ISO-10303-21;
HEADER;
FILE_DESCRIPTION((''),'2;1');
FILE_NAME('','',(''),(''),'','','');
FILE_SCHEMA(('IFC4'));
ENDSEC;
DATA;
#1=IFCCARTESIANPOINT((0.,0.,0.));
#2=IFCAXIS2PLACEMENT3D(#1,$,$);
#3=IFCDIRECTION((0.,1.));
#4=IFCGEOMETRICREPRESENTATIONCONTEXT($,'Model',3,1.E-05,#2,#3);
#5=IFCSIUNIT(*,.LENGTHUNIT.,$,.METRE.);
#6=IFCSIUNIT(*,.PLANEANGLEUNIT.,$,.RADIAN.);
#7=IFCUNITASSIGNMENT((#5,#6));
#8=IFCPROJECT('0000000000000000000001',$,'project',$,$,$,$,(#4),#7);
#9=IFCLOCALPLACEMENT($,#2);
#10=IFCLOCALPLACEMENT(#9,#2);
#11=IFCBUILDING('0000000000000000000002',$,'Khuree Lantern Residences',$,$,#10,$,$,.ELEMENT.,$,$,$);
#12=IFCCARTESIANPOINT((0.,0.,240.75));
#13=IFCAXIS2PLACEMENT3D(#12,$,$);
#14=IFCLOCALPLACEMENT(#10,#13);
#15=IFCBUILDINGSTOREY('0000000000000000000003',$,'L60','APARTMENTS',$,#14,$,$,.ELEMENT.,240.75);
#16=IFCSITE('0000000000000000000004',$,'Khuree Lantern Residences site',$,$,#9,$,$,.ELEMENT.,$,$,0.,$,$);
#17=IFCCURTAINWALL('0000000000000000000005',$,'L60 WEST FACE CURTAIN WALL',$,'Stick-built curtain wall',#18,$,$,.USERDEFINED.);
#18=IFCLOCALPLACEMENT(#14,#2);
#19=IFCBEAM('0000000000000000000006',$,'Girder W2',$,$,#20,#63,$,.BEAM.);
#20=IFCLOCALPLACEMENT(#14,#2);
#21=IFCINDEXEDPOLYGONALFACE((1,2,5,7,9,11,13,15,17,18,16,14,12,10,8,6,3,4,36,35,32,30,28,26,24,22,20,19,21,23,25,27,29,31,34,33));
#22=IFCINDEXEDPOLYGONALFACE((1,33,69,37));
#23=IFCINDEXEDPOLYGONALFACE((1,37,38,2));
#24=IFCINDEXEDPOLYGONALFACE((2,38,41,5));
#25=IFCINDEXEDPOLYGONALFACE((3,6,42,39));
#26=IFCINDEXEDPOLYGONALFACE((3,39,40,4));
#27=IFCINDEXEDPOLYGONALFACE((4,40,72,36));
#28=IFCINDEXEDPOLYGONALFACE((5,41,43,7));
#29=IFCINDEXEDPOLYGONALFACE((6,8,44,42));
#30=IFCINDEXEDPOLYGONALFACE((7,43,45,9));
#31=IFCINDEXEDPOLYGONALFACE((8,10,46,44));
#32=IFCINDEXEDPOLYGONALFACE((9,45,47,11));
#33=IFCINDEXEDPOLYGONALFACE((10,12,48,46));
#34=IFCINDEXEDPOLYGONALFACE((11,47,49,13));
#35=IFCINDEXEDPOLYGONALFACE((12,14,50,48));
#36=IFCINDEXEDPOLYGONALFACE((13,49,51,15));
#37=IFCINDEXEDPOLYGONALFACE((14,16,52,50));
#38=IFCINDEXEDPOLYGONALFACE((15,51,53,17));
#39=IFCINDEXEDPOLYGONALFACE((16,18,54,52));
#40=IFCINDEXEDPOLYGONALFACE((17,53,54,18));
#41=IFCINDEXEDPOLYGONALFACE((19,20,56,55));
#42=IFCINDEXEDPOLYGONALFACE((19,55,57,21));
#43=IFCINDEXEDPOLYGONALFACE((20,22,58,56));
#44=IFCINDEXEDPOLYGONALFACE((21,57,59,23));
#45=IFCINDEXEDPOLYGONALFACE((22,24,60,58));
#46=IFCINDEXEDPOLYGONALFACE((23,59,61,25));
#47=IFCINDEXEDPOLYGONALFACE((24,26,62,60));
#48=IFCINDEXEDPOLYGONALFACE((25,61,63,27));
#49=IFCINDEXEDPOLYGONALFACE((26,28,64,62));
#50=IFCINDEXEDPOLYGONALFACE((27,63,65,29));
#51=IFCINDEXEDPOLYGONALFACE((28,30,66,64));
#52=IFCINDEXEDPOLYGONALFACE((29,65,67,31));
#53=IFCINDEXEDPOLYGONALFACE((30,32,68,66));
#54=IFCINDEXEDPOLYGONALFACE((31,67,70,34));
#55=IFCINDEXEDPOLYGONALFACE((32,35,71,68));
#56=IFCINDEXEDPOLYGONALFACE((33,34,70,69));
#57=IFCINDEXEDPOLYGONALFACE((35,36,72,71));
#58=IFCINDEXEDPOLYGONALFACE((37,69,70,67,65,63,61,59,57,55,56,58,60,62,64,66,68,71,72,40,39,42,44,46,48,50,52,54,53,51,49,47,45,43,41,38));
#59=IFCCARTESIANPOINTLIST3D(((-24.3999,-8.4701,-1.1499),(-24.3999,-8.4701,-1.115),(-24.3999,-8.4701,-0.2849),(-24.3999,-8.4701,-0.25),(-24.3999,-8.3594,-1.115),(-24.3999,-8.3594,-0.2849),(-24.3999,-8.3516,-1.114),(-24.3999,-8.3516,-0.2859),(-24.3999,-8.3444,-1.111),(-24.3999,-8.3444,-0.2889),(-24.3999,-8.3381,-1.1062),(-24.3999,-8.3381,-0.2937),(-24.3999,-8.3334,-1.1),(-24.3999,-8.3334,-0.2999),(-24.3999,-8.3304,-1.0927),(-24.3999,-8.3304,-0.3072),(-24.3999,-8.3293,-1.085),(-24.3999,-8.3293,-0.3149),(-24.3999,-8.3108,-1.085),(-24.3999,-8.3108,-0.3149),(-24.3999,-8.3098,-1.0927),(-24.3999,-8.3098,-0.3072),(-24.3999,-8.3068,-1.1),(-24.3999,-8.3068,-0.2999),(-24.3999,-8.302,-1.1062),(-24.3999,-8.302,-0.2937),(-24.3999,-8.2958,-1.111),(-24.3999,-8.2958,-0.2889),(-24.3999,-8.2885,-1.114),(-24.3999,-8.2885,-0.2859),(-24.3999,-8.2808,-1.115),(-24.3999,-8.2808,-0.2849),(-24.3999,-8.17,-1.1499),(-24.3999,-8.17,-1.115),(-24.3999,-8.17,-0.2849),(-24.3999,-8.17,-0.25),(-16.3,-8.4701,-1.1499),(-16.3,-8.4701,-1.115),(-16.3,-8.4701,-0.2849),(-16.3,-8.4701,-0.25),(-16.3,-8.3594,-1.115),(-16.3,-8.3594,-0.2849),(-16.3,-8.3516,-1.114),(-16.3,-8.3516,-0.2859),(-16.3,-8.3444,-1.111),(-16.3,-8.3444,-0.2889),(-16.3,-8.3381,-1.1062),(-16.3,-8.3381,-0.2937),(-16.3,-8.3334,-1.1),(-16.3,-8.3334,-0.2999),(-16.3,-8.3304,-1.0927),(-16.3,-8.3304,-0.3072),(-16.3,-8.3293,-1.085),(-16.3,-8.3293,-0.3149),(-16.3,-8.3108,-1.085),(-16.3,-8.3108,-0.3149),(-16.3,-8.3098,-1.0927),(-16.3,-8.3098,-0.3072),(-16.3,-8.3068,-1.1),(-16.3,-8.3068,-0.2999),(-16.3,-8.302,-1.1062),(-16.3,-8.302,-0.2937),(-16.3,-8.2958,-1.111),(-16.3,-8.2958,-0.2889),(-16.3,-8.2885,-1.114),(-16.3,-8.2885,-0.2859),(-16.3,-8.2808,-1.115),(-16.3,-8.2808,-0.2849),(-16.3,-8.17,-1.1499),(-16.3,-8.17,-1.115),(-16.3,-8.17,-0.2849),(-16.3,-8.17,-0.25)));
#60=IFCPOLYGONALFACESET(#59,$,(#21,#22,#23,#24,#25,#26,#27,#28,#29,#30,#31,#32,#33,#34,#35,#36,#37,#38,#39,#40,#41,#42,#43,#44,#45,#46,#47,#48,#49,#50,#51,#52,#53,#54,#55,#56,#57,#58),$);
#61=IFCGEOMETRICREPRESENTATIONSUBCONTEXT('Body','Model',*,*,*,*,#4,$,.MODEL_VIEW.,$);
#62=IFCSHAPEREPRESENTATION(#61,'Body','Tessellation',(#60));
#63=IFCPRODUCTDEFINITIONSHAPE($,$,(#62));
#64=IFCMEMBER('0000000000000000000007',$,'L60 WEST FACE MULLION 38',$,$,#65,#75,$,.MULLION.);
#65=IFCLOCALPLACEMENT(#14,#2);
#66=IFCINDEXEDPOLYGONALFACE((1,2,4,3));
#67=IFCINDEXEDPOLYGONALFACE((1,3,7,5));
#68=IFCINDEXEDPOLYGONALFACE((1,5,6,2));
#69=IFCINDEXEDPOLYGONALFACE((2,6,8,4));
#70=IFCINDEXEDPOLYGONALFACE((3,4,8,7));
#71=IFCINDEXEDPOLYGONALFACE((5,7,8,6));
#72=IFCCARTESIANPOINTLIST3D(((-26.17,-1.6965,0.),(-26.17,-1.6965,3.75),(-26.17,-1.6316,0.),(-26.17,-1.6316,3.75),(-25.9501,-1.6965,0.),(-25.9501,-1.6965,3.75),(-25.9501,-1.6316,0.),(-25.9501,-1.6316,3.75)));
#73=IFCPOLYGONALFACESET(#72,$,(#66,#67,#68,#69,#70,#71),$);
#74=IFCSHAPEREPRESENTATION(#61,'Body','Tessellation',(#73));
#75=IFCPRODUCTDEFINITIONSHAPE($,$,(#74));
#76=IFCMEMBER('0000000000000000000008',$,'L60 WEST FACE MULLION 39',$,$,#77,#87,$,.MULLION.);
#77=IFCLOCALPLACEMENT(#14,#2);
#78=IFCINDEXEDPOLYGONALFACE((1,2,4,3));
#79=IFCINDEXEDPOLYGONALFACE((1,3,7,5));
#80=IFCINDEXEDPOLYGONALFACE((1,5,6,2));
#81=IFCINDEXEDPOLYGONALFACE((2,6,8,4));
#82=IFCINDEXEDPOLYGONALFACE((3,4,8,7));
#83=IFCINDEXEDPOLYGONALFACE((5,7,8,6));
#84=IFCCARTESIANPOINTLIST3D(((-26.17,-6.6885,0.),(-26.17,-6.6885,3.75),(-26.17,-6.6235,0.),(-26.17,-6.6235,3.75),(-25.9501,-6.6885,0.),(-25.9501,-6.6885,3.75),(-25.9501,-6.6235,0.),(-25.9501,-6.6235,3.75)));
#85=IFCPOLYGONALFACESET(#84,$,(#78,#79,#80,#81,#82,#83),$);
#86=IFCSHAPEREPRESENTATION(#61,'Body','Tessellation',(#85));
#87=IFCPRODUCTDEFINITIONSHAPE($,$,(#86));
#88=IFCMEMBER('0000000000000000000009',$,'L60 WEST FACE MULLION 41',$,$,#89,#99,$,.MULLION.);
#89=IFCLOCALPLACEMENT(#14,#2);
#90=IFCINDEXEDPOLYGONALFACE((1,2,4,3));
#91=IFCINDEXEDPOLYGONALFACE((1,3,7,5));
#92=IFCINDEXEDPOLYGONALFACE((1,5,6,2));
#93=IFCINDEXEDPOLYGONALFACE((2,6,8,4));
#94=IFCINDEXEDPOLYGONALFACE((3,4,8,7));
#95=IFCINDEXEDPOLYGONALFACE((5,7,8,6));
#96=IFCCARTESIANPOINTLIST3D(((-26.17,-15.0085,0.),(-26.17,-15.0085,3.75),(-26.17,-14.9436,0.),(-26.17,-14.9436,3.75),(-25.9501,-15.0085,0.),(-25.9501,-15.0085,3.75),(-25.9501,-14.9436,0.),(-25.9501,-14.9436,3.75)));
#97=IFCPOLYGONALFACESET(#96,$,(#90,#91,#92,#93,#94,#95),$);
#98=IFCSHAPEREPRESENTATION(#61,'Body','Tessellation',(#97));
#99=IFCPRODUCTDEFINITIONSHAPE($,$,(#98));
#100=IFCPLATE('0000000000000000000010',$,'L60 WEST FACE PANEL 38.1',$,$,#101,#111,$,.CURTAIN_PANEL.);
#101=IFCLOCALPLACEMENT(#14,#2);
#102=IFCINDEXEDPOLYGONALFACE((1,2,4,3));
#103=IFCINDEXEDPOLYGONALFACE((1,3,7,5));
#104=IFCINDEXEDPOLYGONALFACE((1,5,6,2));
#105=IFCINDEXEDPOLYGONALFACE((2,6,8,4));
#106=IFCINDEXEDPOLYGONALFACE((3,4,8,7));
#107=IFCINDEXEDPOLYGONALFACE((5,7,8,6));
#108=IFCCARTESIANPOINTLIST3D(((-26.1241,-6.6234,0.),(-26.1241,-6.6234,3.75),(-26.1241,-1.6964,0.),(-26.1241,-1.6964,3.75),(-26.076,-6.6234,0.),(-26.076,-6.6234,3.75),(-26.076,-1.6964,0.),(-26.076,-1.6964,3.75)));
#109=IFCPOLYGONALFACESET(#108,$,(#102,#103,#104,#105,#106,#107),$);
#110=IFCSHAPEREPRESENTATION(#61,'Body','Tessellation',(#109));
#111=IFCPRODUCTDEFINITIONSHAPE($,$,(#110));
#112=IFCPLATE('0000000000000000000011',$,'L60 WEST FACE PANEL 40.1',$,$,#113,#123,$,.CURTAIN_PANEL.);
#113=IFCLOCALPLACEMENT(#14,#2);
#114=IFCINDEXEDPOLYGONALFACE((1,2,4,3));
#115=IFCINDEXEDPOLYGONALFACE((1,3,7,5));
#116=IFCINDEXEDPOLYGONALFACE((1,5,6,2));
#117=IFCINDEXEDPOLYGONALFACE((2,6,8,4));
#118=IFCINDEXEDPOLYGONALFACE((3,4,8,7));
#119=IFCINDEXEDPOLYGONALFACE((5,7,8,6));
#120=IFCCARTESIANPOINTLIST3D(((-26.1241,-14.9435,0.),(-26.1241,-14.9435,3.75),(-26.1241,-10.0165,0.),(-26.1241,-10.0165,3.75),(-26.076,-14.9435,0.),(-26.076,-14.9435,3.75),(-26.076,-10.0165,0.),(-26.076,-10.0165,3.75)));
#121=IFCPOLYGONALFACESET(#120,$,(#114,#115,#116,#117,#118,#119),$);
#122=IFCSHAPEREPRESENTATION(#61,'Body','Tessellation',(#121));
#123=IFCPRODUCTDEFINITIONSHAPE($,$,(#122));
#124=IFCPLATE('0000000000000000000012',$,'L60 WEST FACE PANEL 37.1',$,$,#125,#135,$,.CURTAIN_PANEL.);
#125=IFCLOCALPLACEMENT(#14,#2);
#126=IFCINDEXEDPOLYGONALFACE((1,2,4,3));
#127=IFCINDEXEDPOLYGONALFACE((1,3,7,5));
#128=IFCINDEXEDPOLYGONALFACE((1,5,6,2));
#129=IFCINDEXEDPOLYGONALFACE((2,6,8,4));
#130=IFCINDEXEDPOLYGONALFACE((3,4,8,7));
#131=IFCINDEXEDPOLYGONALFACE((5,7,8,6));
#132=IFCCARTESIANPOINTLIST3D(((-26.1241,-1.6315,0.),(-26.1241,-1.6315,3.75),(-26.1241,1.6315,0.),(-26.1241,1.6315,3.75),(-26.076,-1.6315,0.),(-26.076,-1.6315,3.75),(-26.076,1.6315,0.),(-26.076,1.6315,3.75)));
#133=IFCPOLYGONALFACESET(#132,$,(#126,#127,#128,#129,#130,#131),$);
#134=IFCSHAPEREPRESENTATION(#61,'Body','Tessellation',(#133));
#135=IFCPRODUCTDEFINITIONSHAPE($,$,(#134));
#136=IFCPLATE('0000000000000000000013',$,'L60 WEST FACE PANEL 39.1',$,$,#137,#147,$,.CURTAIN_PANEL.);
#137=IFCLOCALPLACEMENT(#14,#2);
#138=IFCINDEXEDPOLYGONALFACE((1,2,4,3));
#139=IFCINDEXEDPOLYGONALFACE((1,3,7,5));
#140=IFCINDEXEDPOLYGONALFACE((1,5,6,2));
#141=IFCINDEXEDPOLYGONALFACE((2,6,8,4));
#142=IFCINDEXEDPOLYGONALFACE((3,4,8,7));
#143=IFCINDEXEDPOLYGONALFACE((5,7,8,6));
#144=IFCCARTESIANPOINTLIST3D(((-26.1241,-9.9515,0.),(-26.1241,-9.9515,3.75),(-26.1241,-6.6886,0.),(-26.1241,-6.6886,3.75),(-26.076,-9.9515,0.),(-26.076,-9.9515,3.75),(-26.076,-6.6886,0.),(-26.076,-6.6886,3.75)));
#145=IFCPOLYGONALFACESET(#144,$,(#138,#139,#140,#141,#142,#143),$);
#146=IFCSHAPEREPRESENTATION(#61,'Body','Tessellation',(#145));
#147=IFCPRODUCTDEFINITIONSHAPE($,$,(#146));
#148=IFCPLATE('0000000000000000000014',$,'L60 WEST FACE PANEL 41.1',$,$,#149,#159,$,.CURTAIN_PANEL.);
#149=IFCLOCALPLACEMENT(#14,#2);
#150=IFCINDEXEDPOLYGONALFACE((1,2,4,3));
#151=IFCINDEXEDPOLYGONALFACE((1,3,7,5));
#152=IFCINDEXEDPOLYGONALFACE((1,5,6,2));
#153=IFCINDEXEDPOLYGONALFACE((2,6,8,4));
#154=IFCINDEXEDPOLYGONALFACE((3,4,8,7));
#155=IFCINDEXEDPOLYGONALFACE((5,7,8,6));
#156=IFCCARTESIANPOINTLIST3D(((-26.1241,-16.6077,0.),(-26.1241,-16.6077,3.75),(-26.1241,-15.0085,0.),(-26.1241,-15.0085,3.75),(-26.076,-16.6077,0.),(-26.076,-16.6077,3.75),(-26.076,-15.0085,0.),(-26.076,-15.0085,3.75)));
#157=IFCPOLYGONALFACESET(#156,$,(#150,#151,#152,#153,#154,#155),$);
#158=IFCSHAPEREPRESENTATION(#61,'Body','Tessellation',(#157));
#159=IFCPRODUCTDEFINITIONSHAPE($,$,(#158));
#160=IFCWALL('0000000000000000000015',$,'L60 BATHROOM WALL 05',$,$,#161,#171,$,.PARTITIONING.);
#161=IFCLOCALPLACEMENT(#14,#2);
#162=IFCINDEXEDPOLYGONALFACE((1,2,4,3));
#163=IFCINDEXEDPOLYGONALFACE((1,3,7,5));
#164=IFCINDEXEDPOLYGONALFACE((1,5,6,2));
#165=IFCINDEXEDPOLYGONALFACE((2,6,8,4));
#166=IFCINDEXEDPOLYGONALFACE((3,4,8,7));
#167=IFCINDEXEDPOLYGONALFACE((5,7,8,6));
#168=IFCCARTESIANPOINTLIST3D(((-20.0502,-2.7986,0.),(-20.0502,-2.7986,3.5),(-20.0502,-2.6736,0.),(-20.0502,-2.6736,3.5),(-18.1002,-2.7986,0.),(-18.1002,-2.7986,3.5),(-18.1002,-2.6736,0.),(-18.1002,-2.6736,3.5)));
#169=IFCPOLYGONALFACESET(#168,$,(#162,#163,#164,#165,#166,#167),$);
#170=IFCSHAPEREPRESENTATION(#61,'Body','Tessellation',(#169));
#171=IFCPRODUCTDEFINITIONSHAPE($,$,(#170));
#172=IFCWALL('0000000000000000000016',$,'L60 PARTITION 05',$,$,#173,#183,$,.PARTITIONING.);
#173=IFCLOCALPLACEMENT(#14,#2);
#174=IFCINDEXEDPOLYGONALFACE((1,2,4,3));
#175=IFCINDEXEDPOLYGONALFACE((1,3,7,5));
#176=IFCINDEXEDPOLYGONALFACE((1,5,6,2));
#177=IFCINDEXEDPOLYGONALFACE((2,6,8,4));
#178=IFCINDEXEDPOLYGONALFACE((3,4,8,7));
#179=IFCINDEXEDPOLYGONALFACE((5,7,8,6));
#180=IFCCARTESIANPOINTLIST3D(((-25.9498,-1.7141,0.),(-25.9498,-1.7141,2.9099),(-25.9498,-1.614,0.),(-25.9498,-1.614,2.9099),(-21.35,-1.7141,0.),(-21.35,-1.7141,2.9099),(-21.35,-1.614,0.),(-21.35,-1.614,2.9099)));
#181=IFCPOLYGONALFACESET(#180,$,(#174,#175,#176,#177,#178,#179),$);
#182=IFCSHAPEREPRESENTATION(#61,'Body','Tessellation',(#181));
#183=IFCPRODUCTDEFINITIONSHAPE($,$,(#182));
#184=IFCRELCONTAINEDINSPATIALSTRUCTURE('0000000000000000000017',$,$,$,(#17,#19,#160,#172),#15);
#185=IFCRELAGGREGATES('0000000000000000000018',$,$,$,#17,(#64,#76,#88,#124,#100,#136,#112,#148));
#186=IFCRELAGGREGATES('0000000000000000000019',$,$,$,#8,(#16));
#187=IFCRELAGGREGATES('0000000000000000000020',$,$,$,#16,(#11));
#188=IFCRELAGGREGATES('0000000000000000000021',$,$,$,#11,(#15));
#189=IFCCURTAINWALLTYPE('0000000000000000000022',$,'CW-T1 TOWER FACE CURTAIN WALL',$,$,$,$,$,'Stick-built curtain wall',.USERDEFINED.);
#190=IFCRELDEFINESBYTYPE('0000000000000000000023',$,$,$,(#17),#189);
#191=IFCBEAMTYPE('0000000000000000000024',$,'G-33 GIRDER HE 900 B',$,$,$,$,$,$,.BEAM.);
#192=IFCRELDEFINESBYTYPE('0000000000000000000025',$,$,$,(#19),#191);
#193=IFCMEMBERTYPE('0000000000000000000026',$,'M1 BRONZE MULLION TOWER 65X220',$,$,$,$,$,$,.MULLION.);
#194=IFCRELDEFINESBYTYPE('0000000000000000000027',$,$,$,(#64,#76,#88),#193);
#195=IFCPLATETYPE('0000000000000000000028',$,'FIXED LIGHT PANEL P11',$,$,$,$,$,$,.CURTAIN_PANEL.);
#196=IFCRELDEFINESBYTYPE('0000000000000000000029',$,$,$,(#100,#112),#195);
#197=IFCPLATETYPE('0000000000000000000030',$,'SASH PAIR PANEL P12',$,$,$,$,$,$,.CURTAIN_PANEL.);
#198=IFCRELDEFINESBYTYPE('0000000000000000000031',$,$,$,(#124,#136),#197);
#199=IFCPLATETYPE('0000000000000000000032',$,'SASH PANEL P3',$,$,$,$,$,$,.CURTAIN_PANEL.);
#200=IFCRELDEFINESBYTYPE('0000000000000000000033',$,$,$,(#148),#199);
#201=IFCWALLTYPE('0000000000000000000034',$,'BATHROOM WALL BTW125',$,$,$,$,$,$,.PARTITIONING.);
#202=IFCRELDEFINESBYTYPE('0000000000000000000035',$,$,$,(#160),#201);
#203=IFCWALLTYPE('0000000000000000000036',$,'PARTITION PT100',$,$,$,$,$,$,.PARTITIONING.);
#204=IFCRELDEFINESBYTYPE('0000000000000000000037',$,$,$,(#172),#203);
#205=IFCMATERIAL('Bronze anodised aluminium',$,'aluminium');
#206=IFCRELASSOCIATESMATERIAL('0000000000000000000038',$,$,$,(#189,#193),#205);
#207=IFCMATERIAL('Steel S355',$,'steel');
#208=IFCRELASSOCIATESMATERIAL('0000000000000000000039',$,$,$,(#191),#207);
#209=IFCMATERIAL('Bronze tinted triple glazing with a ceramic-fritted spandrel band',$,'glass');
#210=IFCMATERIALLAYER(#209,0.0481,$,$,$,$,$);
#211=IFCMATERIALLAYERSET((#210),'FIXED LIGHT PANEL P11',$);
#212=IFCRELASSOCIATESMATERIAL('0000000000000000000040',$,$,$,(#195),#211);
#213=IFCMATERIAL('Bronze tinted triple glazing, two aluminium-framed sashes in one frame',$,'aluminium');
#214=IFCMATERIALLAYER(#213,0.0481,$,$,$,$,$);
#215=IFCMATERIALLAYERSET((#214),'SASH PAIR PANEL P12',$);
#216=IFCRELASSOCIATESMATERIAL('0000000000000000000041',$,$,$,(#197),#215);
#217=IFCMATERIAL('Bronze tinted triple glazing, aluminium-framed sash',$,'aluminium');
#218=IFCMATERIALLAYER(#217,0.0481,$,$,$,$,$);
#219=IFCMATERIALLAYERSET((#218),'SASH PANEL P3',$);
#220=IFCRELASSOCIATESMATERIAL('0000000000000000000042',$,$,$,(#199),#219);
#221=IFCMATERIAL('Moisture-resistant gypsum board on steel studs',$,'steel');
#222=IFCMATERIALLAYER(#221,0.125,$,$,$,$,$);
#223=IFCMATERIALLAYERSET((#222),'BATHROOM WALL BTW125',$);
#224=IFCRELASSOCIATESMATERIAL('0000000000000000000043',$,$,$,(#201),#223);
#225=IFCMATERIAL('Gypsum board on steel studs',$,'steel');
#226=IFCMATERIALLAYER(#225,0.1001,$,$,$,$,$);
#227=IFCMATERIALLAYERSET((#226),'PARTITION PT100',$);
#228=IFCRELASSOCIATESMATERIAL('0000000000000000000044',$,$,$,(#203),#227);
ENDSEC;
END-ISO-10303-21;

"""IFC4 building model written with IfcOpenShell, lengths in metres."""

from ifc_helpers import new_model, si_unit, direction, frame, frame_2d, origin, origin_2d, place, context, subcontext, project, spatial, rectangle, i_section, extrude, material, layer, layer_set, material_profile, profile_set, type_object, element, aggregate, save


model = new_model("IFC4")

# Units and contexts
model_context = context("Model", 3, precision=1e-05, world=origin(), true_north=direction((0.0, 1.0)))
body_context = subcontext(model_context, "Body", "Model", "MODEL_VIEW")
ifc_project = project(units=[si_unit("LENGTHUNIT", "METRE"), si_unit("PLANEANGLEUNIT", "RADIAN")], contexts=[model_context])

# Site, building, storey
site_placement = place(None, origin())
site = spatial("IfcSite", under=ifc_project, at=site_placement, Name="Khuree Lantern Residences site", CompositionType="ELEMENT", RefElevation=0.0)
building_placement = place(site_placement, origin())
building = spatial("IfcBuilding", under=site, at=building_placement, Name="Khuree Lantern Residences", CompositionType="ELEMENT")
storey_placement = place(building_placement, frame((0.0, 0.0, 240.75)))
storey = spatial("IfcBuildingStorey", under=building, at=storey_placement, Name="L60", Description="APARTMENTS", CompositionType="ELEMENT", Elevation=240.75)

# Shared definitions
ifc_material_1 = material(Name="Steel S355", Category="steel")

# Curtain wall
ifc_material_2 = material(Name="Bronze anodised aluminium", Category="aluminium")
curtain_wall_type = type_object("IfcCurtainWallType", Name="CW-T1 TOWER FACE CURTAIN WALL", ElementType="Stick-built curtain wall", PredefinedType="USERDEFINED", material=ifc_material_2)
curtain_wall_placement = place(storey_placement, origin())
curtain_wall = element("IfcCurtainWall", 1, at=curtain_wall_placement, inside=storey, type_object=curtain_wall_type, Name="L60 WEST FACE CURTAIN WALL", ObjectType="Stick-built curtain wall", PredefinedType="USERDEFINED")

# Beam
ifc_material_profile_1 = material_profile(ifc_material_1, i_section(OverallWidth=0.3, OverallDepth=0.8999, WebThickness=0.0186, FlangeThickness=0.0349, FilletRadius=0.03, at=origin_2d()), Name="HE 900 B")
ifc_profile_set_1 = profile_set([ifc_material_profile_1], Name="Steel S355")
beam_type_1 = type_object("IfcBeamType", Name="G-33 GIRDER HE 900 B", PredefinedType="BEAM", material=ifc_profile_set_1)
beam_1_placement = place(storey_placement, frame((-24.3999, -8.3201, -0.7), z_axis=(1.0, 0.0, 0.0), x_axis=(0.0, 1.0, 0.0)))
element("IfcBeam", 2, at=beam_1_placement, inside=storey, type_object=beam_type_1, Name="Girder W2", PredefinedType="BEAM", context=body_context, shape_type="SweptSolid", body=[
    extrude(i_section(OverallWidth=0.3, OverallDepth=0.8999, WebThickness=0.0186, FlangeThickness=0.0349, FilletRadius=0.03, at=origin_2d()), origin(), (0.0, 0.0, 1.0), 8.0999),
])

# Members
ifc_material_profile_2 = material_profile(ifc_material_2, rectangle(XDim=0.0649, YDim=0.22, at=origin_2d()), Name="M1 65X220")
ifc_profile_set_2 = profile_set([ifc_material_profile_2], Name="Bronze anodised aluminium")
member_type_1 = type_object("IfcMemberType", Name="M1 BRONZE MULLION TOWER 65X220", PredefinedType="MULLION", material=ifc_profile_set_2)
member_1_placement = place(storey_placement, frame((-26.0601, -1.6641, 0.0), z_axis=(0.0, 0.0, 1.0), x_axis=(0.0, -1.0, 0.0)))
member_1 = element("IfcMember", 3, at=member_1_placement, type_object=member_type_1, Name="L60 WEST FACE MULLION 38", PredefinedType="MULLION", context=body_context, shape_type="SweptSolid", body=[
    extrude(rectangle(XDim=0.0649, YDim=0.22, at=origin_2d()), origin(), (0.0, 0.0, 1.0), 3.75),
])
member_2_placement = place(storey_placement, frame((-26.0601, -6.656, 0.0), z_axis=(0.0, 0.0, 1.0), x_axis=(0.0, -1.0, 0.0)))
member_2 = element("IfcMember", 4, at=member_2_placement, type_object=member_type_1, Name="L60 WEST FACE MULLION 39", PredefinedType="MULLION", context=body_context, shape_type="SweptSolid", body=[
    extrude(rectangle(XDim=0.0649, YDim=0.22, at=origin_2d()), origin(), (0.0, 0.0, 1.0), 3.75),
])
member_3_placement = place(storey_placement, frame((-26.0601, -14.9761, 0.0), z_axis=(0.0, 0.0, 1.0), x_axis=(0.0, -1.0, 0.0)))
member_3 = element("IfcMember", 5, at=member_3_placement, type_object=member_type_1, Name="L60 WEST FACE MULLION 41", PredefinedType="MULLION", context=body_context, shape_type="SweptSolid", body=[
    extrude(rectangle(XDim=0.0649, YDim=0.22, at=origin_2d()), origin(), (0.0, 0.0, 1.0), 3.75),
])

# Plates
ifc_material_3 = material(Name="Bronze tinted triple glazing with a ceramic-fritted spandrel band", Category="glass")
ifc_layer_1 = layer(ifc_material_3, 0.0481)
ifc_layer_set_1 = layer_set([ifc_layer_1], Name="FIXED LIGHT PANEL P11")
plate_type_1 = type_object("IfcPlateType", Name="FIXED LIGHT PANEL P11", PredefinedType="CURTAIN_PANEL", material=ifc_layer_set_1)
plate_1_placement = place(storey_placement, frame((-26.1001, -4.1599, 0.0), z_axis=(0.0, 0.0, 1.0), x_axis=(0.0, -1.0, 0.0)))
plate_1 = element("IfcPlate", 6, at=plate_1_placement, type_object=plate_type_1, Name="L60 WEST FACE PANEL 38.1", PredefinedType="CURTAIN_PANEL", context=body_context, shape_type="SweptSolid", body=[
    extrude(rectangle(XDim=4.927, YDim=0.0481, at=origin_2d()), origin(), (0.0, 0.0, 1.0), 3.75),
])
plate_2_placement = place(storey_placement, frame((-26.1001, -12.48, 0.0), z_axis=(0.0, 0.0, 1.0), x_axis=(0.0, -1.0, 0.0)))
plate_2 = element("IfcPlate", 7, at=plate_2_placement, type_object=plate_type_1, Name="L60 WEST FACE PANEL 40.1", PredefinedType="CURTAIN_PANEL", context=body_context, shape_type="SweptSolid", body=[
    extrude(rectangle(XDim=4.927, YDim=0.0481, at=origin_2d()), origin(), (0.0, 0.0, 1.0), 3.75),
])
ifc_material_4 = material(Name="Bronze tinted triple glazing, two aluminium-framed sashes in one frame", Category="aluminium")
ifc_layer_2 = layer(ifc_material_4, 0.0481)
ifc_layer_set_2 = layer_set([ifc_layer_2], Name="SASH PAIR PANEL P12")
plate_type_2 = type_object("IfcPlateType", Name="SASH PAIR PANEL P12", PredefinedType="CURTAIN_PANEL", material=ifc_layer_set_2)
plate_3_placement = place(storey_placement, frame((-26.1001, 0.0, 0.0), z_axis=(0.0, 0.0, 1.0), x_axis=(0.0, -1.0, 0.0)))
plate_3 = element("IfcPlate", 8, at=plate_3_placement, type_object=plate_type_2, Name="L60 WEST FACE PANEL 37.1", PredefinedType="CURTAIN_PANEL", context=body_context, shape_type="SweptSolid", body=[
    extrude(rectangle(XDim=3.2629, YDim=0.0481, at=origin_2d()), origin(), (0.0, 0.0, 1.0), 3.75),
])
plate_4_placement = place(storey_placement, frame((-26.1001, -8.3201, 0.0), z_axis=(0.0, 0.0, 1.0), x_axis=(0.0, -1.0, 0.0)))
plate_4 = element("IfcPlate", 9, at=plate_4_placement, type_object=plate_type_2, Name="L60 WEST FACE PANEL 39.1", PredefinedType="CURTAIN_PANEL", context=body_context, shape_type="SweptSolid", body=[
    extrude(rectangle(XDim=3.2629, YDim=0.0481, at=origin_2d()), origin(), (0.0, 0.0, 1.0), 3.75),
])
ifc_material_5 = material(Name="Bronze tinted triple glazing, aluminium-framed sash", Category="aluminium")
ifc_layer_3 = layer(ifc_material_5, 0.0481)
ifc_layer_set_3 = layer_set([ifc_layer_3], Name="SASH PANEL P3")
plate_type_3 = type_object("IfcPlateType", Name="SASH PANEL P3", PredefinedType="CURTAIN_PANEL", material=ifc_layer_set_3)
plate_5_placement = place(storey_placement, frame((-26.1001, -15.8081, 0.0), z_axis=(0.0, 0.0, 1.0), x_axis=(0.0, -1.0, 0.0)))
plate_5 = element("IfcPlate", 10, at=plate_5_placement, type_object=plate_type_3, Name="L60 WEST FACE PANEL 41.1", PredefinedType="CURTAIN_PANEL", context=body_context, shape_type="SweptSolid", body=[
    extrude(rectangle(XDim=1.5991, YDim=0.0481, at=origin_2d()), origin(), (0.0, 0.0, 1.0), 3.75),
])
aggregate(curtain_wall, [member_1, member_2, member_3, plate_3, plate_1, plate_4, plate_2, plate_5])

# Walls
ifc_material_6 = material(Name="Moisture-resistant gypsum board on steel studs", Category="steel")
ifc_layer_4 = layer(ifc_material_6, 0.125)
ifc_layer_set_4 = layer_set([ifc_layer_4], Name="BATHROOM WALL BTW125")
wall_type_1 = type_object("IfcWallType", Name="BATHROOM WALL BTW125", PredefinedType="PARTITIONING", material=ifc_layer_set_4)
wall_1_placement = place(storey_placement, frame((-18.1001, -2.7361, 0.0), z_axis=(0.0, 0.0, 1.0), x_axis=(-1.0, 0.0, 0.0)))
element("IfcWall", 11, at=wall_1_placement, inside=storey, type_object=wall_type_1, Name="L60 BATHROOM WALL 05", PredefinedType="PARTITIONING", context=body_context, shape_type="SweptSolid", body=[
    extrude(rectangle(XDim=1.95, YDim=0.125, at=frame_2d((0.9751, 0.0))), origin(), (0.0, 0.0, 1.0), 3.5),
])
ifc_material_7 = material(Name="Gypsum board on steel studs", Category="steel")
ifc_layer_5 = layer(ifc_material_7, 0.1001)
ifc_layer_set_5 = layer_set([ifc_layer_5], Name="PARTITION PT100")
wall_type_2 = type_object("IfcWallType", Name="PARTITION PT100", PredefinedType="PARTITIONING", material=ifc_layer_set_5)
for number, where, z_axis, x_axis, name in (
    (12, (-21.3501, -1.6641, 0.0), (0.0, 0.0, 1.0), (-1.0, 0.0, 0.0), "L60 PARTITION 05"),
):
    element("IfcWall", number, at=place(storey_placement, frame(where, z_axis=z_axis, x_axis=x_axis)), inside=storey, type_object=wall_type_2, Name=name, PredefinedType="PARTITIONING", context=body_context, shape_type="SweptSolid", body=[
        extrude(rectangle(XDim=4.5999, YDim=0.1001, at=frame_2d((2.2998, 0.0))), origin(), (0.0, 0.0, 1.0), 2.9099),
    ])

save(model, "model.ifc")
